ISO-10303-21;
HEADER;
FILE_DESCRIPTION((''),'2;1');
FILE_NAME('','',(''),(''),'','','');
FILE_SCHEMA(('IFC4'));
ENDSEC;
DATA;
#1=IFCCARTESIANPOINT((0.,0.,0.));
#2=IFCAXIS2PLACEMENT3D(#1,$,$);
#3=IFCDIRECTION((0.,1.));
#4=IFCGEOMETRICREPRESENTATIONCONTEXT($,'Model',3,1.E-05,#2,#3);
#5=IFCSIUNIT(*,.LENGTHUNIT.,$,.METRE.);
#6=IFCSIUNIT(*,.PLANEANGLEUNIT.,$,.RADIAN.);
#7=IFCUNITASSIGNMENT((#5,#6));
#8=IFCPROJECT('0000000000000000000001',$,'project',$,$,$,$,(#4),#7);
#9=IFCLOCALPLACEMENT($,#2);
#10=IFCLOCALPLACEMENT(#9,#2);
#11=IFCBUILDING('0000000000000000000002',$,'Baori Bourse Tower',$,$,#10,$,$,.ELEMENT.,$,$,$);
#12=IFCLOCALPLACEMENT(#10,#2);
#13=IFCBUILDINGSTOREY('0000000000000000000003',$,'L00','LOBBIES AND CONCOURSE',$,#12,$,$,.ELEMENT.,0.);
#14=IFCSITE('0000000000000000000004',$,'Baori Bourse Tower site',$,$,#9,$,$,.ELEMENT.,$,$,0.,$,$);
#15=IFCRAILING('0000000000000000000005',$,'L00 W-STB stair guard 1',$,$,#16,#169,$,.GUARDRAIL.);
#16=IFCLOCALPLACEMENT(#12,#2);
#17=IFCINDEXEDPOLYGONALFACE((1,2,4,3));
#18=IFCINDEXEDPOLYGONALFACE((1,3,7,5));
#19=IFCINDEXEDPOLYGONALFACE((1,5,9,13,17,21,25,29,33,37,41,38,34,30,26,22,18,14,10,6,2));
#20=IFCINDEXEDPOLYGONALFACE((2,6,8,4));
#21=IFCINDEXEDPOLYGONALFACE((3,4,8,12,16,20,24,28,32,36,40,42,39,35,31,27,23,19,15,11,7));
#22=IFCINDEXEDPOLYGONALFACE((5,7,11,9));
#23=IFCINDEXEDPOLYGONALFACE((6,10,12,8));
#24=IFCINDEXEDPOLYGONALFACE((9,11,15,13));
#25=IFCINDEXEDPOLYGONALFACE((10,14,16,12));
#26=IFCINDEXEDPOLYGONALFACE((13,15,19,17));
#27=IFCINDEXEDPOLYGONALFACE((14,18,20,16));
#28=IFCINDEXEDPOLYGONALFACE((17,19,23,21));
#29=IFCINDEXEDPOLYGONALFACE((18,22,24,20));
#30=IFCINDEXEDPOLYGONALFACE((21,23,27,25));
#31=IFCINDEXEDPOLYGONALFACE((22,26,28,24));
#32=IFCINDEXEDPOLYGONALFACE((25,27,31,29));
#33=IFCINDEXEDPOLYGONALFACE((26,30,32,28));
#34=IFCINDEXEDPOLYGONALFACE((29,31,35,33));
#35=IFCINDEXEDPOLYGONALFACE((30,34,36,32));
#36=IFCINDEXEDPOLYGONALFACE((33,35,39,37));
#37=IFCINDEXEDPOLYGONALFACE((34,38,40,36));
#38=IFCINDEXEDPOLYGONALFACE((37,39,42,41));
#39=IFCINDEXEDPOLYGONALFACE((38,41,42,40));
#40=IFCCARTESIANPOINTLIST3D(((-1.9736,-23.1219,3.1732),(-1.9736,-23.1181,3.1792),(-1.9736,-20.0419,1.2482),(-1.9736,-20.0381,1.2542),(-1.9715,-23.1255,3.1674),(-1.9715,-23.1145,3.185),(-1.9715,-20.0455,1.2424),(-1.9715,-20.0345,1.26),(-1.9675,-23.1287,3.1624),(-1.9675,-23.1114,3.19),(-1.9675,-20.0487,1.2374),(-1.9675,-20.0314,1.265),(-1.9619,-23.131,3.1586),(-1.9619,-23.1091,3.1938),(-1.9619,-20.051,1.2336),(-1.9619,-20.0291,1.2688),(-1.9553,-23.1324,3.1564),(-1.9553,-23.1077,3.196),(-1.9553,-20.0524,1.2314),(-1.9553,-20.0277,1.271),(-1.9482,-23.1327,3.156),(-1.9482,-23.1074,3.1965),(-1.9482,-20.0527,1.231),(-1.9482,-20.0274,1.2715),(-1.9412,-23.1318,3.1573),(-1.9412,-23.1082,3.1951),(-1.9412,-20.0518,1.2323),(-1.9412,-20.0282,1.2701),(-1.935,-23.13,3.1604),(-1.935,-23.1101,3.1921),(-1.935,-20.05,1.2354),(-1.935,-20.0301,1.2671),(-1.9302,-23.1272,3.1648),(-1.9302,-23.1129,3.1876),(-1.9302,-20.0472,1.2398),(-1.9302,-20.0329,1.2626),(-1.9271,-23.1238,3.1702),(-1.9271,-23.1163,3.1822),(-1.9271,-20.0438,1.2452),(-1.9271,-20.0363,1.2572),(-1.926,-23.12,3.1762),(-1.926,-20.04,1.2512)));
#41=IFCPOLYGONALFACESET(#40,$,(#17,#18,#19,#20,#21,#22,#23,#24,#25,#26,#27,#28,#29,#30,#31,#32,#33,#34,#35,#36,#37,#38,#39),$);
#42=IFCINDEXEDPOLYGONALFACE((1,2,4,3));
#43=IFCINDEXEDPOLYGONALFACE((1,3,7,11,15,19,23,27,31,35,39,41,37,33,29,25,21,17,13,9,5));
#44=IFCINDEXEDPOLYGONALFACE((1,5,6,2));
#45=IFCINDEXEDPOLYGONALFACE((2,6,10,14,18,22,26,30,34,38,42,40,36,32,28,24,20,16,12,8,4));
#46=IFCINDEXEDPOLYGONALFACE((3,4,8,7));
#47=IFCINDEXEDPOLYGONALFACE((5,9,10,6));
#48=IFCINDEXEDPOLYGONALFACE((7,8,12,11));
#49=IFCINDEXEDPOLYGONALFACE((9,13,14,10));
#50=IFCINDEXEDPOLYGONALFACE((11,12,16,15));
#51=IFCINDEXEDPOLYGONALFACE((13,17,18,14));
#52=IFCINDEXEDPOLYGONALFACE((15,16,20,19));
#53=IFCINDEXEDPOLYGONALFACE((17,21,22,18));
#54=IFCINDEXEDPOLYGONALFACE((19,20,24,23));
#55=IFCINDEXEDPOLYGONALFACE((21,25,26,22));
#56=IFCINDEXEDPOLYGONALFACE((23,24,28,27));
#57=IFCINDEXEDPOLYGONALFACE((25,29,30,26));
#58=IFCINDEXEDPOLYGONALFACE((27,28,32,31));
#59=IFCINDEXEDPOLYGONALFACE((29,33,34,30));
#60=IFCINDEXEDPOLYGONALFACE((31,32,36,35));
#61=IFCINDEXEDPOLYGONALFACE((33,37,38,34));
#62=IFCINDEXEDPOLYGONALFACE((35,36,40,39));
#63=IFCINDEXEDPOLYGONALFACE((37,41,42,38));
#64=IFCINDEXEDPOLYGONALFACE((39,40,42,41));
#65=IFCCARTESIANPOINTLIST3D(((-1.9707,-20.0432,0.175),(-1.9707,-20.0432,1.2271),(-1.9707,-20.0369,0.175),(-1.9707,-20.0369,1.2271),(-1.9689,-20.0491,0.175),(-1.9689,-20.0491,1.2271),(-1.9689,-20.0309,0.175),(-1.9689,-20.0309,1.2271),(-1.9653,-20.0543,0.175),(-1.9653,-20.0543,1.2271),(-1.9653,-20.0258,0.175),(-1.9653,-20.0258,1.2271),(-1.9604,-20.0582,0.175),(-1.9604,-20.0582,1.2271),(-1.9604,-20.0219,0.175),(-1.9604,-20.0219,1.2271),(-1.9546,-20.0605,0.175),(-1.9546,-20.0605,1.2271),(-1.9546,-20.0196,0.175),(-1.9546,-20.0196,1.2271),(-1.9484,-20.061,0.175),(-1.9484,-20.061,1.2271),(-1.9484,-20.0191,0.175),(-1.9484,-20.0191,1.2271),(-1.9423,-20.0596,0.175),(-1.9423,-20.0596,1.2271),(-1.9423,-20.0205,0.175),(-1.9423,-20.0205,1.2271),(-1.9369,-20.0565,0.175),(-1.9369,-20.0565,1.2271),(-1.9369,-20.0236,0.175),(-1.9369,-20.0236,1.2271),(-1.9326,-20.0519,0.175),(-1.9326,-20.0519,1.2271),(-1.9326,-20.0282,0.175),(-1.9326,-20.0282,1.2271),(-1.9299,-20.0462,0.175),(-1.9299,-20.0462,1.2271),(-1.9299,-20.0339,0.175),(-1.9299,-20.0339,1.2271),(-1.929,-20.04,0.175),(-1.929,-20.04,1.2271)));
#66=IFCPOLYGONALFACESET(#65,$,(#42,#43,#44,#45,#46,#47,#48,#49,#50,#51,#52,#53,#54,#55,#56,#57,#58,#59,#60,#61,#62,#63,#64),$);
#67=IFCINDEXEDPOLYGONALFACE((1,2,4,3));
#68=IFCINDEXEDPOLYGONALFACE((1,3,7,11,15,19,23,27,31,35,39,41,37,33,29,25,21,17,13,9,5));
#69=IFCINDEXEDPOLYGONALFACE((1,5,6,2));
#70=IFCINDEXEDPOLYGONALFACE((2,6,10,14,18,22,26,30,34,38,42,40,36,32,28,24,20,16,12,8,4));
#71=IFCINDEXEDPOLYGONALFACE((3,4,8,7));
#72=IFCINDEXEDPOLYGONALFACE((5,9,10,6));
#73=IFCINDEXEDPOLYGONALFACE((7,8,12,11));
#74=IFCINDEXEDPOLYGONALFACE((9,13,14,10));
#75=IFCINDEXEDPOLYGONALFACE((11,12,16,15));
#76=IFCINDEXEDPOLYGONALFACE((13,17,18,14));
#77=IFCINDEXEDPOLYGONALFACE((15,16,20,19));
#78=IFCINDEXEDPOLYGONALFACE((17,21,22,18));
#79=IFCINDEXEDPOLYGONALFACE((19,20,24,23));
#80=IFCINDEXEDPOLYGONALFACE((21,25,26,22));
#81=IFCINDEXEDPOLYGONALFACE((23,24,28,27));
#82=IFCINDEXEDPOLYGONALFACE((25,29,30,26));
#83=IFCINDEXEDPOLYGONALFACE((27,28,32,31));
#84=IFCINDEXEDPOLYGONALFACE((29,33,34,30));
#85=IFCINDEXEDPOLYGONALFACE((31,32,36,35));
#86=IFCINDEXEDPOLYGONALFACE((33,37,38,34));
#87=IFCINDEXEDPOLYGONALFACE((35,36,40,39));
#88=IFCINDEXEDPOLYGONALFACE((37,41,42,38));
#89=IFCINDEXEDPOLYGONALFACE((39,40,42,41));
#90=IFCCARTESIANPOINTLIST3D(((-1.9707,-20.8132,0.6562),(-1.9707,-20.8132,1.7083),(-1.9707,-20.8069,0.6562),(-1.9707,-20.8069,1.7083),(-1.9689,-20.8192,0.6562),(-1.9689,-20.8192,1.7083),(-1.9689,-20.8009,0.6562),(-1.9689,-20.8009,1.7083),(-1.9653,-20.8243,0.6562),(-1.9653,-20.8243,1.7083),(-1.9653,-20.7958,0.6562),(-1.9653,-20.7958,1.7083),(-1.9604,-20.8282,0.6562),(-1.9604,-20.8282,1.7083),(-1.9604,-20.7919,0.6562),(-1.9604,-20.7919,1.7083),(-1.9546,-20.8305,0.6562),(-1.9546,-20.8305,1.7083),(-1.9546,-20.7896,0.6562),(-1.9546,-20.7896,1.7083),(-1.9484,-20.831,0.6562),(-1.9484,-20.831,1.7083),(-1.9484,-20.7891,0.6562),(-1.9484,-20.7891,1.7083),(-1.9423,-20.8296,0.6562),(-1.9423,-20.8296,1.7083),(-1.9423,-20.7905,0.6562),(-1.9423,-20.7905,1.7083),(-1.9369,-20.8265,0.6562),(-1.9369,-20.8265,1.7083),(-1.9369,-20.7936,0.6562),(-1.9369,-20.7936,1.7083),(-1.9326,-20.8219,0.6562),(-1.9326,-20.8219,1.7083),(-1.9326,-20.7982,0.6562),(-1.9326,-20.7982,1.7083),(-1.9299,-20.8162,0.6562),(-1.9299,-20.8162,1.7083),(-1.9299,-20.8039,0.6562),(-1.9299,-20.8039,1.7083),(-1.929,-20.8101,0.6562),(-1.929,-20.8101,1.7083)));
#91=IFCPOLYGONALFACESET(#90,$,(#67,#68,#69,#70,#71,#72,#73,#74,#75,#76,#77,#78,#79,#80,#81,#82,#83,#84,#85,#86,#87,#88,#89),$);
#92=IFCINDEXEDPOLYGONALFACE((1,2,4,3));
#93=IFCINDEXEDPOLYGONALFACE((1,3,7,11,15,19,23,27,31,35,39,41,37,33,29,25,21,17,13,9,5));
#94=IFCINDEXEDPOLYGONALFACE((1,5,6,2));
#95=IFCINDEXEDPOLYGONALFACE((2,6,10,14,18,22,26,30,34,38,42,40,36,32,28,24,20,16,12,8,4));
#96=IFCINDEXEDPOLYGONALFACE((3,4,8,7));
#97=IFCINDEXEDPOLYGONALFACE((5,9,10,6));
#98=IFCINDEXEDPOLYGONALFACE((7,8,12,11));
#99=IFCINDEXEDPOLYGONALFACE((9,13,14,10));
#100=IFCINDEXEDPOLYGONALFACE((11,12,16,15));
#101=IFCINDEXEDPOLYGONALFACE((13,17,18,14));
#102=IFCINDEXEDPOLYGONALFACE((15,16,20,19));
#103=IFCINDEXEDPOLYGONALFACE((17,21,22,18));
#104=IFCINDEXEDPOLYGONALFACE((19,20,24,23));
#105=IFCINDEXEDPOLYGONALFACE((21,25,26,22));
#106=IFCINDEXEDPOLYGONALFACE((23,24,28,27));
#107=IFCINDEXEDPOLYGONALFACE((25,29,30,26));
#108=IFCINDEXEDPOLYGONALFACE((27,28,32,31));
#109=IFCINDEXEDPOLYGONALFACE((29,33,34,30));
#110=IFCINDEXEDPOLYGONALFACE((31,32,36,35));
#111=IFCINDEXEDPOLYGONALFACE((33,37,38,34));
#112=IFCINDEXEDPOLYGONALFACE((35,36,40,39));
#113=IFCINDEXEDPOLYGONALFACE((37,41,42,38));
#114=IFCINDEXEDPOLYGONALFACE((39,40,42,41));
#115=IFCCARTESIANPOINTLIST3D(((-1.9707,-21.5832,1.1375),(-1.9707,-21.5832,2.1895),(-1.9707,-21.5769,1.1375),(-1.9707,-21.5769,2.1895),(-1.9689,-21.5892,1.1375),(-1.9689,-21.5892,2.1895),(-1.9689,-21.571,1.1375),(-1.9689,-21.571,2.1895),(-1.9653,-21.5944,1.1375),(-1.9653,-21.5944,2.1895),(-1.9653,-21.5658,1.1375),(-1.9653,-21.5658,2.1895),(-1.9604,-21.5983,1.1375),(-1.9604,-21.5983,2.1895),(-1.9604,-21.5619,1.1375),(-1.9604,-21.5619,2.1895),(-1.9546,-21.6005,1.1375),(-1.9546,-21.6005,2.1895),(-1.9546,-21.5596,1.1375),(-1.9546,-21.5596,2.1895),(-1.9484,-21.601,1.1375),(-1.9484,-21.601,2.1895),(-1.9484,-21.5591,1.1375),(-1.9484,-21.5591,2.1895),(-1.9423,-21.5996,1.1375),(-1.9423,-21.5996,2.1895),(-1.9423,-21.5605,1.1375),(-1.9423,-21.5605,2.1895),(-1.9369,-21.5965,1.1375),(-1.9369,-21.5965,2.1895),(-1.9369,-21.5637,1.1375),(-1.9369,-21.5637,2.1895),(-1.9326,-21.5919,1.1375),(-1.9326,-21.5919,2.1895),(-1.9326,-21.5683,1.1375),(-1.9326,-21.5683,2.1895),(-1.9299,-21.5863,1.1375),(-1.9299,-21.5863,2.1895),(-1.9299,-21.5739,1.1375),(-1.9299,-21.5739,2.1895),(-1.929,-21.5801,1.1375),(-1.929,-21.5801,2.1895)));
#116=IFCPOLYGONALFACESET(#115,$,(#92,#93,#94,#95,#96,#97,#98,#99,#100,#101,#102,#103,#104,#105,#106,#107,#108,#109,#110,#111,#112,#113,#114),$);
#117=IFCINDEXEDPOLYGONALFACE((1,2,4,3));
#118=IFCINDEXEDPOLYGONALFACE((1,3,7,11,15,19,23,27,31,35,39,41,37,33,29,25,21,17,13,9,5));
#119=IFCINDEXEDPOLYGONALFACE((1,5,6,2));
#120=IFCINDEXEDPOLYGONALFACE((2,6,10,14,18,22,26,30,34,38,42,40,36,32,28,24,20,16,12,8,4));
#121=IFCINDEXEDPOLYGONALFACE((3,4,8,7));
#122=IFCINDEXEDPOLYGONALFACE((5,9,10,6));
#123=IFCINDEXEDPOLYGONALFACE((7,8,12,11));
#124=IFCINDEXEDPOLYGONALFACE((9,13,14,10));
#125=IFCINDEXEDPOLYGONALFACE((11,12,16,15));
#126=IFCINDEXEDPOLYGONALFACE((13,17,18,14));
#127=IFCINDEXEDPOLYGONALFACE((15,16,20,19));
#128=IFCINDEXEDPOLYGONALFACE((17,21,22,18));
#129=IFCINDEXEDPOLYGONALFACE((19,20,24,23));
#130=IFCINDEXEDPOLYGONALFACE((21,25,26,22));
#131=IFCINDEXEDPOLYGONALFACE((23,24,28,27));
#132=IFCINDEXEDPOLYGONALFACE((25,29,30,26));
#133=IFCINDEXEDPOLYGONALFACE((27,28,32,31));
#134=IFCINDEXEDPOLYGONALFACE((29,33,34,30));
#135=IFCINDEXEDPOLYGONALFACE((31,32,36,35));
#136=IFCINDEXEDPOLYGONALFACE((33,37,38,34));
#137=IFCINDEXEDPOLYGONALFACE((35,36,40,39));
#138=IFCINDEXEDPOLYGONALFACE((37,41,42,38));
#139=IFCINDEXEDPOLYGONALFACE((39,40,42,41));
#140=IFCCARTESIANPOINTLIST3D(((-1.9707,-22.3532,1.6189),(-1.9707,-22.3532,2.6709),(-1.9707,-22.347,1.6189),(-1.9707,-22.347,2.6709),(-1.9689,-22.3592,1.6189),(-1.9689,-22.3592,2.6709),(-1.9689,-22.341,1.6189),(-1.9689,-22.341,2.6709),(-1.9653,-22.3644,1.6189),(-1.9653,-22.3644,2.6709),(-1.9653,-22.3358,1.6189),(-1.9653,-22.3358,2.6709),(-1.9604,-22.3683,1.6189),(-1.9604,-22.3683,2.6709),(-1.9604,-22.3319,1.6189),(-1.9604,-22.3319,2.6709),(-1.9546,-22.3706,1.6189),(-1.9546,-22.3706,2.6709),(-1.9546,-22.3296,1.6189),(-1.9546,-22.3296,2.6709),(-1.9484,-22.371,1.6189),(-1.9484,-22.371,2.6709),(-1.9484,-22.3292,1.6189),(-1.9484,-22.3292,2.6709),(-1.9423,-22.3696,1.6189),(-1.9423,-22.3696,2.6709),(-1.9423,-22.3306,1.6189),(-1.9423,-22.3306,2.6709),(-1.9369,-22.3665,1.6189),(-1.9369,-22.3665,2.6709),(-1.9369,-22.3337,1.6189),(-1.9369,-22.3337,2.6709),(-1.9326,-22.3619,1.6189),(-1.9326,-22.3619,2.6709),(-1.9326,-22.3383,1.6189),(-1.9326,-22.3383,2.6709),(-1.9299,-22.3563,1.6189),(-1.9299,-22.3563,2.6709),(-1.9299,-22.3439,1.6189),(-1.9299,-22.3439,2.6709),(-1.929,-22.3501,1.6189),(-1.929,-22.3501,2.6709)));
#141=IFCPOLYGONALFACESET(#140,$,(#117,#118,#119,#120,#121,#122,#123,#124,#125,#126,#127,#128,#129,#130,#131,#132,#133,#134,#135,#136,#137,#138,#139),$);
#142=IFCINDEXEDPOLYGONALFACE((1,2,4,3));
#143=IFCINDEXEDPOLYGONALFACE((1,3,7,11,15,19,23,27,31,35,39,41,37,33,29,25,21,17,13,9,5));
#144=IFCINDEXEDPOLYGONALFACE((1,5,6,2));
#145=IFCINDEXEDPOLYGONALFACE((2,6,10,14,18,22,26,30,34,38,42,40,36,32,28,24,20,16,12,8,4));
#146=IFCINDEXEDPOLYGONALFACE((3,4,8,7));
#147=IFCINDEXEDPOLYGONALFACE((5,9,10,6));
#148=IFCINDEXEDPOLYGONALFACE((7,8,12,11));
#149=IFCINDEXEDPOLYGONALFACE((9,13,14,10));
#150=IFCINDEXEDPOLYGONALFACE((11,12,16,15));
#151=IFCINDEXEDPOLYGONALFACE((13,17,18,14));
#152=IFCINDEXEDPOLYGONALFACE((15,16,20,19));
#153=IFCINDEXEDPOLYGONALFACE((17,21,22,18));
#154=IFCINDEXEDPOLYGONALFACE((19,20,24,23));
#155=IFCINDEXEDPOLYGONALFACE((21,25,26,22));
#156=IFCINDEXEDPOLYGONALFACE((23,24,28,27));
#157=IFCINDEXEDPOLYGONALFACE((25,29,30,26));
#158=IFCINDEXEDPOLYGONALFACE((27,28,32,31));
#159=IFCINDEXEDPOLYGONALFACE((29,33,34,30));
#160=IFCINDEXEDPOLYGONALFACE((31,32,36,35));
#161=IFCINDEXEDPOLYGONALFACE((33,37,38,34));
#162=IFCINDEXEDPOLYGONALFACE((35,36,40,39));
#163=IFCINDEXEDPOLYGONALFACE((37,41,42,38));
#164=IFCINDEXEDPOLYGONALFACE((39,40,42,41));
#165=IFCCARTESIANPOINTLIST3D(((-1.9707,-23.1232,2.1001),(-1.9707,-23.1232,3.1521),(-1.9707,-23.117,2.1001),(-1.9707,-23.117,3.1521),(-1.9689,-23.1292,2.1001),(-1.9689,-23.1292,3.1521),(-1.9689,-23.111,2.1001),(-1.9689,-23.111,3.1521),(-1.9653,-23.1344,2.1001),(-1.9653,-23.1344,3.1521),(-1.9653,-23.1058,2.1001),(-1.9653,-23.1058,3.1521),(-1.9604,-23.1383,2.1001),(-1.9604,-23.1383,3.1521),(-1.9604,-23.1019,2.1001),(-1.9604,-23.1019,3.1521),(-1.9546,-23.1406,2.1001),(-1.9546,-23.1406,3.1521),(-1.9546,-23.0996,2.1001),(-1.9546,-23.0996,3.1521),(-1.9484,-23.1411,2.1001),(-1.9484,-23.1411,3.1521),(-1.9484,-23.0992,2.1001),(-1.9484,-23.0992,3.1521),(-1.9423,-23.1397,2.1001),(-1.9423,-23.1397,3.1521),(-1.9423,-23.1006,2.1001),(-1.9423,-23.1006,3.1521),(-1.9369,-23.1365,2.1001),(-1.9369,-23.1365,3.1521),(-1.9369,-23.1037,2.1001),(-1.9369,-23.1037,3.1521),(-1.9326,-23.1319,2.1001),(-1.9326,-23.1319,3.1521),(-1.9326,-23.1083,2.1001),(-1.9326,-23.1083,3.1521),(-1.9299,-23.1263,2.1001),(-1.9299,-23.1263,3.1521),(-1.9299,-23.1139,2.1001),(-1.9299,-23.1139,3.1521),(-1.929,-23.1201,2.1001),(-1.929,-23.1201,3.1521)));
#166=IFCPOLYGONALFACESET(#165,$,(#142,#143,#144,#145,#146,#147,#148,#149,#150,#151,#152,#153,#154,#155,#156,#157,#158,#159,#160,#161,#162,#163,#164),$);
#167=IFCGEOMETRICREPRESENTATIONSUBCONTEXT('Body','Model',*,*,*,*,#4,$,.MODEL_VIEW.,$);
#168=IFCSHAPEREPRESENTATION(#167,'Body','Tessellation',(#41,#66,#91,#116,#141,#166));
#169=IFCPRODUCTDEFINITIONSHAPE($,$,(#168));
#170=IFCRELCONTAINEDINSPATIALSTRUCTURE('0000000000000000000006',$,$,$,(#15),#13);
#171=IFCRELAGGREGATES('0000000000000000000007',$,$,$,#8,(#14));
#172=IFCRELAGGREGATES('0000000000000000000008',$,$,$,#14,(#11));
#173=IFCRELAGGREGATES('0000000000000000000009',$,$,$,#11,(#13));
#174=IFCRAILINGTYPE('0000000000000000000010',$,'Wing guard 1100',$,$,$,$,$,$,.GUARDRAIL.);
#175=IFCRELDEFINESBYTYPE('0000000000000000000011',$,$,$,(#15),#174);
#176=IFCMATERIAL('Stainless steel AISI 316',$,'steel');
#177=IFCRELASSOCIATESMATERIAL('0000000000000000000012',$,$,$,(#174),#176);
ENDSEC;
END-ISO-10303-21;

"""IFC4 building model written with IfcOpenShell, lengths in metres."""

from ifc_helpers import new_model, si_unit, direction, frame, origin, origin_2d, place, context, subcontext, project, spatial, circle, extrude, material, type_object, element, save


model = new_model("IFC4")

# Units and contexts
model_context = context("Model", 3, precision=1e-05, world=origin(), true_north=direction((0.0, 1.0)))
body_context = subcontext(model_context, "Body", "Model", "MODEL_VIEW")
ifc_project = project(units=[si_unit("LENGTHUNIT", "METRE"), si_unit("PLANEANGLEUNIT", "RADIAN")], contexts=[model_context])

# Site, building, storey
site_placement = place(None, origin())
site = spatial("IfcSite", under=ifc_project, at=site_placement, Name="Baori Bourse Tower site", CompositionType="ELEMENT", RefElevation=0.0)
building_placement = place(site_placement, origin())
building = spatial("IfcBuilding", under=site, at=building_placement, Name="Baori Bourse Tower", CompositionType="ELEMENT")
storey_placement = place(building_placement, origin())
storey = spatial("IfcBuildingStorey", under=building, at=storey_placement, Name="L00", Description="LOBBIES AND CONCOURSE", CompositionType="ELEMENT", Elevation=0.0)

# Railing
ifc_material_1 = material(Name="Stainless steel AISI 316", Category="steel")
railing_type_1 = type_object("IfcRailingType", Name="Wing guard 1100", PredefinedType="GUARDRAIL", material=ifc_material_1)
railing_1_placement = place(storey_placement, frame((-1.95, -20.04, 0.175)))
element("IfcRailing", 1, at=railing_1_placement, inside=storey, type_object=railing_type_1, Name="L00 W-STB stair guard 1", PredefinedType="GUARDRAIL", context=body_context, shape_type="SweptSolid", body=[
    extrude(circle(Radius=0.0239, at=origin_2d()), frame((0.0, 0.0, 1.0762), z_axis=(0.0, -0.847998, 0.529999), x_axis=(1.0, 0.0, 0.0)), (0.0, 0.0, 1.0), 3.6321),
    extrude(circle(Radius=0.021, at=origin_2d()), origin(), (0.0, 0.0, 1.0), 1.052),
    extrude(circle(Radius=0.021, at=origin_2d()), frame((0.0, -0.77, 0.4812)), (0.0, 0.0, 1.0), 1.052),
    extrude(circle(Radius=0.021, at=origin_2d()), frame((0.0, -1.54, 0.9624)), (0.0, 0.0, 1.0), 1.052),
    extrude(circle(Radius=0.021, at=origin_2d()), frame((0.0, -2.3101, 1.4438)), (0.0, 0.0, 1.0), 1.052),
    extrude(circle(Radius=0.021, at=origin_2d()), frame((0.0, -3.0801, 1.925)), (0.0, 0.0, 1.0), 1.052),
])

save(model, "model.ifc")
